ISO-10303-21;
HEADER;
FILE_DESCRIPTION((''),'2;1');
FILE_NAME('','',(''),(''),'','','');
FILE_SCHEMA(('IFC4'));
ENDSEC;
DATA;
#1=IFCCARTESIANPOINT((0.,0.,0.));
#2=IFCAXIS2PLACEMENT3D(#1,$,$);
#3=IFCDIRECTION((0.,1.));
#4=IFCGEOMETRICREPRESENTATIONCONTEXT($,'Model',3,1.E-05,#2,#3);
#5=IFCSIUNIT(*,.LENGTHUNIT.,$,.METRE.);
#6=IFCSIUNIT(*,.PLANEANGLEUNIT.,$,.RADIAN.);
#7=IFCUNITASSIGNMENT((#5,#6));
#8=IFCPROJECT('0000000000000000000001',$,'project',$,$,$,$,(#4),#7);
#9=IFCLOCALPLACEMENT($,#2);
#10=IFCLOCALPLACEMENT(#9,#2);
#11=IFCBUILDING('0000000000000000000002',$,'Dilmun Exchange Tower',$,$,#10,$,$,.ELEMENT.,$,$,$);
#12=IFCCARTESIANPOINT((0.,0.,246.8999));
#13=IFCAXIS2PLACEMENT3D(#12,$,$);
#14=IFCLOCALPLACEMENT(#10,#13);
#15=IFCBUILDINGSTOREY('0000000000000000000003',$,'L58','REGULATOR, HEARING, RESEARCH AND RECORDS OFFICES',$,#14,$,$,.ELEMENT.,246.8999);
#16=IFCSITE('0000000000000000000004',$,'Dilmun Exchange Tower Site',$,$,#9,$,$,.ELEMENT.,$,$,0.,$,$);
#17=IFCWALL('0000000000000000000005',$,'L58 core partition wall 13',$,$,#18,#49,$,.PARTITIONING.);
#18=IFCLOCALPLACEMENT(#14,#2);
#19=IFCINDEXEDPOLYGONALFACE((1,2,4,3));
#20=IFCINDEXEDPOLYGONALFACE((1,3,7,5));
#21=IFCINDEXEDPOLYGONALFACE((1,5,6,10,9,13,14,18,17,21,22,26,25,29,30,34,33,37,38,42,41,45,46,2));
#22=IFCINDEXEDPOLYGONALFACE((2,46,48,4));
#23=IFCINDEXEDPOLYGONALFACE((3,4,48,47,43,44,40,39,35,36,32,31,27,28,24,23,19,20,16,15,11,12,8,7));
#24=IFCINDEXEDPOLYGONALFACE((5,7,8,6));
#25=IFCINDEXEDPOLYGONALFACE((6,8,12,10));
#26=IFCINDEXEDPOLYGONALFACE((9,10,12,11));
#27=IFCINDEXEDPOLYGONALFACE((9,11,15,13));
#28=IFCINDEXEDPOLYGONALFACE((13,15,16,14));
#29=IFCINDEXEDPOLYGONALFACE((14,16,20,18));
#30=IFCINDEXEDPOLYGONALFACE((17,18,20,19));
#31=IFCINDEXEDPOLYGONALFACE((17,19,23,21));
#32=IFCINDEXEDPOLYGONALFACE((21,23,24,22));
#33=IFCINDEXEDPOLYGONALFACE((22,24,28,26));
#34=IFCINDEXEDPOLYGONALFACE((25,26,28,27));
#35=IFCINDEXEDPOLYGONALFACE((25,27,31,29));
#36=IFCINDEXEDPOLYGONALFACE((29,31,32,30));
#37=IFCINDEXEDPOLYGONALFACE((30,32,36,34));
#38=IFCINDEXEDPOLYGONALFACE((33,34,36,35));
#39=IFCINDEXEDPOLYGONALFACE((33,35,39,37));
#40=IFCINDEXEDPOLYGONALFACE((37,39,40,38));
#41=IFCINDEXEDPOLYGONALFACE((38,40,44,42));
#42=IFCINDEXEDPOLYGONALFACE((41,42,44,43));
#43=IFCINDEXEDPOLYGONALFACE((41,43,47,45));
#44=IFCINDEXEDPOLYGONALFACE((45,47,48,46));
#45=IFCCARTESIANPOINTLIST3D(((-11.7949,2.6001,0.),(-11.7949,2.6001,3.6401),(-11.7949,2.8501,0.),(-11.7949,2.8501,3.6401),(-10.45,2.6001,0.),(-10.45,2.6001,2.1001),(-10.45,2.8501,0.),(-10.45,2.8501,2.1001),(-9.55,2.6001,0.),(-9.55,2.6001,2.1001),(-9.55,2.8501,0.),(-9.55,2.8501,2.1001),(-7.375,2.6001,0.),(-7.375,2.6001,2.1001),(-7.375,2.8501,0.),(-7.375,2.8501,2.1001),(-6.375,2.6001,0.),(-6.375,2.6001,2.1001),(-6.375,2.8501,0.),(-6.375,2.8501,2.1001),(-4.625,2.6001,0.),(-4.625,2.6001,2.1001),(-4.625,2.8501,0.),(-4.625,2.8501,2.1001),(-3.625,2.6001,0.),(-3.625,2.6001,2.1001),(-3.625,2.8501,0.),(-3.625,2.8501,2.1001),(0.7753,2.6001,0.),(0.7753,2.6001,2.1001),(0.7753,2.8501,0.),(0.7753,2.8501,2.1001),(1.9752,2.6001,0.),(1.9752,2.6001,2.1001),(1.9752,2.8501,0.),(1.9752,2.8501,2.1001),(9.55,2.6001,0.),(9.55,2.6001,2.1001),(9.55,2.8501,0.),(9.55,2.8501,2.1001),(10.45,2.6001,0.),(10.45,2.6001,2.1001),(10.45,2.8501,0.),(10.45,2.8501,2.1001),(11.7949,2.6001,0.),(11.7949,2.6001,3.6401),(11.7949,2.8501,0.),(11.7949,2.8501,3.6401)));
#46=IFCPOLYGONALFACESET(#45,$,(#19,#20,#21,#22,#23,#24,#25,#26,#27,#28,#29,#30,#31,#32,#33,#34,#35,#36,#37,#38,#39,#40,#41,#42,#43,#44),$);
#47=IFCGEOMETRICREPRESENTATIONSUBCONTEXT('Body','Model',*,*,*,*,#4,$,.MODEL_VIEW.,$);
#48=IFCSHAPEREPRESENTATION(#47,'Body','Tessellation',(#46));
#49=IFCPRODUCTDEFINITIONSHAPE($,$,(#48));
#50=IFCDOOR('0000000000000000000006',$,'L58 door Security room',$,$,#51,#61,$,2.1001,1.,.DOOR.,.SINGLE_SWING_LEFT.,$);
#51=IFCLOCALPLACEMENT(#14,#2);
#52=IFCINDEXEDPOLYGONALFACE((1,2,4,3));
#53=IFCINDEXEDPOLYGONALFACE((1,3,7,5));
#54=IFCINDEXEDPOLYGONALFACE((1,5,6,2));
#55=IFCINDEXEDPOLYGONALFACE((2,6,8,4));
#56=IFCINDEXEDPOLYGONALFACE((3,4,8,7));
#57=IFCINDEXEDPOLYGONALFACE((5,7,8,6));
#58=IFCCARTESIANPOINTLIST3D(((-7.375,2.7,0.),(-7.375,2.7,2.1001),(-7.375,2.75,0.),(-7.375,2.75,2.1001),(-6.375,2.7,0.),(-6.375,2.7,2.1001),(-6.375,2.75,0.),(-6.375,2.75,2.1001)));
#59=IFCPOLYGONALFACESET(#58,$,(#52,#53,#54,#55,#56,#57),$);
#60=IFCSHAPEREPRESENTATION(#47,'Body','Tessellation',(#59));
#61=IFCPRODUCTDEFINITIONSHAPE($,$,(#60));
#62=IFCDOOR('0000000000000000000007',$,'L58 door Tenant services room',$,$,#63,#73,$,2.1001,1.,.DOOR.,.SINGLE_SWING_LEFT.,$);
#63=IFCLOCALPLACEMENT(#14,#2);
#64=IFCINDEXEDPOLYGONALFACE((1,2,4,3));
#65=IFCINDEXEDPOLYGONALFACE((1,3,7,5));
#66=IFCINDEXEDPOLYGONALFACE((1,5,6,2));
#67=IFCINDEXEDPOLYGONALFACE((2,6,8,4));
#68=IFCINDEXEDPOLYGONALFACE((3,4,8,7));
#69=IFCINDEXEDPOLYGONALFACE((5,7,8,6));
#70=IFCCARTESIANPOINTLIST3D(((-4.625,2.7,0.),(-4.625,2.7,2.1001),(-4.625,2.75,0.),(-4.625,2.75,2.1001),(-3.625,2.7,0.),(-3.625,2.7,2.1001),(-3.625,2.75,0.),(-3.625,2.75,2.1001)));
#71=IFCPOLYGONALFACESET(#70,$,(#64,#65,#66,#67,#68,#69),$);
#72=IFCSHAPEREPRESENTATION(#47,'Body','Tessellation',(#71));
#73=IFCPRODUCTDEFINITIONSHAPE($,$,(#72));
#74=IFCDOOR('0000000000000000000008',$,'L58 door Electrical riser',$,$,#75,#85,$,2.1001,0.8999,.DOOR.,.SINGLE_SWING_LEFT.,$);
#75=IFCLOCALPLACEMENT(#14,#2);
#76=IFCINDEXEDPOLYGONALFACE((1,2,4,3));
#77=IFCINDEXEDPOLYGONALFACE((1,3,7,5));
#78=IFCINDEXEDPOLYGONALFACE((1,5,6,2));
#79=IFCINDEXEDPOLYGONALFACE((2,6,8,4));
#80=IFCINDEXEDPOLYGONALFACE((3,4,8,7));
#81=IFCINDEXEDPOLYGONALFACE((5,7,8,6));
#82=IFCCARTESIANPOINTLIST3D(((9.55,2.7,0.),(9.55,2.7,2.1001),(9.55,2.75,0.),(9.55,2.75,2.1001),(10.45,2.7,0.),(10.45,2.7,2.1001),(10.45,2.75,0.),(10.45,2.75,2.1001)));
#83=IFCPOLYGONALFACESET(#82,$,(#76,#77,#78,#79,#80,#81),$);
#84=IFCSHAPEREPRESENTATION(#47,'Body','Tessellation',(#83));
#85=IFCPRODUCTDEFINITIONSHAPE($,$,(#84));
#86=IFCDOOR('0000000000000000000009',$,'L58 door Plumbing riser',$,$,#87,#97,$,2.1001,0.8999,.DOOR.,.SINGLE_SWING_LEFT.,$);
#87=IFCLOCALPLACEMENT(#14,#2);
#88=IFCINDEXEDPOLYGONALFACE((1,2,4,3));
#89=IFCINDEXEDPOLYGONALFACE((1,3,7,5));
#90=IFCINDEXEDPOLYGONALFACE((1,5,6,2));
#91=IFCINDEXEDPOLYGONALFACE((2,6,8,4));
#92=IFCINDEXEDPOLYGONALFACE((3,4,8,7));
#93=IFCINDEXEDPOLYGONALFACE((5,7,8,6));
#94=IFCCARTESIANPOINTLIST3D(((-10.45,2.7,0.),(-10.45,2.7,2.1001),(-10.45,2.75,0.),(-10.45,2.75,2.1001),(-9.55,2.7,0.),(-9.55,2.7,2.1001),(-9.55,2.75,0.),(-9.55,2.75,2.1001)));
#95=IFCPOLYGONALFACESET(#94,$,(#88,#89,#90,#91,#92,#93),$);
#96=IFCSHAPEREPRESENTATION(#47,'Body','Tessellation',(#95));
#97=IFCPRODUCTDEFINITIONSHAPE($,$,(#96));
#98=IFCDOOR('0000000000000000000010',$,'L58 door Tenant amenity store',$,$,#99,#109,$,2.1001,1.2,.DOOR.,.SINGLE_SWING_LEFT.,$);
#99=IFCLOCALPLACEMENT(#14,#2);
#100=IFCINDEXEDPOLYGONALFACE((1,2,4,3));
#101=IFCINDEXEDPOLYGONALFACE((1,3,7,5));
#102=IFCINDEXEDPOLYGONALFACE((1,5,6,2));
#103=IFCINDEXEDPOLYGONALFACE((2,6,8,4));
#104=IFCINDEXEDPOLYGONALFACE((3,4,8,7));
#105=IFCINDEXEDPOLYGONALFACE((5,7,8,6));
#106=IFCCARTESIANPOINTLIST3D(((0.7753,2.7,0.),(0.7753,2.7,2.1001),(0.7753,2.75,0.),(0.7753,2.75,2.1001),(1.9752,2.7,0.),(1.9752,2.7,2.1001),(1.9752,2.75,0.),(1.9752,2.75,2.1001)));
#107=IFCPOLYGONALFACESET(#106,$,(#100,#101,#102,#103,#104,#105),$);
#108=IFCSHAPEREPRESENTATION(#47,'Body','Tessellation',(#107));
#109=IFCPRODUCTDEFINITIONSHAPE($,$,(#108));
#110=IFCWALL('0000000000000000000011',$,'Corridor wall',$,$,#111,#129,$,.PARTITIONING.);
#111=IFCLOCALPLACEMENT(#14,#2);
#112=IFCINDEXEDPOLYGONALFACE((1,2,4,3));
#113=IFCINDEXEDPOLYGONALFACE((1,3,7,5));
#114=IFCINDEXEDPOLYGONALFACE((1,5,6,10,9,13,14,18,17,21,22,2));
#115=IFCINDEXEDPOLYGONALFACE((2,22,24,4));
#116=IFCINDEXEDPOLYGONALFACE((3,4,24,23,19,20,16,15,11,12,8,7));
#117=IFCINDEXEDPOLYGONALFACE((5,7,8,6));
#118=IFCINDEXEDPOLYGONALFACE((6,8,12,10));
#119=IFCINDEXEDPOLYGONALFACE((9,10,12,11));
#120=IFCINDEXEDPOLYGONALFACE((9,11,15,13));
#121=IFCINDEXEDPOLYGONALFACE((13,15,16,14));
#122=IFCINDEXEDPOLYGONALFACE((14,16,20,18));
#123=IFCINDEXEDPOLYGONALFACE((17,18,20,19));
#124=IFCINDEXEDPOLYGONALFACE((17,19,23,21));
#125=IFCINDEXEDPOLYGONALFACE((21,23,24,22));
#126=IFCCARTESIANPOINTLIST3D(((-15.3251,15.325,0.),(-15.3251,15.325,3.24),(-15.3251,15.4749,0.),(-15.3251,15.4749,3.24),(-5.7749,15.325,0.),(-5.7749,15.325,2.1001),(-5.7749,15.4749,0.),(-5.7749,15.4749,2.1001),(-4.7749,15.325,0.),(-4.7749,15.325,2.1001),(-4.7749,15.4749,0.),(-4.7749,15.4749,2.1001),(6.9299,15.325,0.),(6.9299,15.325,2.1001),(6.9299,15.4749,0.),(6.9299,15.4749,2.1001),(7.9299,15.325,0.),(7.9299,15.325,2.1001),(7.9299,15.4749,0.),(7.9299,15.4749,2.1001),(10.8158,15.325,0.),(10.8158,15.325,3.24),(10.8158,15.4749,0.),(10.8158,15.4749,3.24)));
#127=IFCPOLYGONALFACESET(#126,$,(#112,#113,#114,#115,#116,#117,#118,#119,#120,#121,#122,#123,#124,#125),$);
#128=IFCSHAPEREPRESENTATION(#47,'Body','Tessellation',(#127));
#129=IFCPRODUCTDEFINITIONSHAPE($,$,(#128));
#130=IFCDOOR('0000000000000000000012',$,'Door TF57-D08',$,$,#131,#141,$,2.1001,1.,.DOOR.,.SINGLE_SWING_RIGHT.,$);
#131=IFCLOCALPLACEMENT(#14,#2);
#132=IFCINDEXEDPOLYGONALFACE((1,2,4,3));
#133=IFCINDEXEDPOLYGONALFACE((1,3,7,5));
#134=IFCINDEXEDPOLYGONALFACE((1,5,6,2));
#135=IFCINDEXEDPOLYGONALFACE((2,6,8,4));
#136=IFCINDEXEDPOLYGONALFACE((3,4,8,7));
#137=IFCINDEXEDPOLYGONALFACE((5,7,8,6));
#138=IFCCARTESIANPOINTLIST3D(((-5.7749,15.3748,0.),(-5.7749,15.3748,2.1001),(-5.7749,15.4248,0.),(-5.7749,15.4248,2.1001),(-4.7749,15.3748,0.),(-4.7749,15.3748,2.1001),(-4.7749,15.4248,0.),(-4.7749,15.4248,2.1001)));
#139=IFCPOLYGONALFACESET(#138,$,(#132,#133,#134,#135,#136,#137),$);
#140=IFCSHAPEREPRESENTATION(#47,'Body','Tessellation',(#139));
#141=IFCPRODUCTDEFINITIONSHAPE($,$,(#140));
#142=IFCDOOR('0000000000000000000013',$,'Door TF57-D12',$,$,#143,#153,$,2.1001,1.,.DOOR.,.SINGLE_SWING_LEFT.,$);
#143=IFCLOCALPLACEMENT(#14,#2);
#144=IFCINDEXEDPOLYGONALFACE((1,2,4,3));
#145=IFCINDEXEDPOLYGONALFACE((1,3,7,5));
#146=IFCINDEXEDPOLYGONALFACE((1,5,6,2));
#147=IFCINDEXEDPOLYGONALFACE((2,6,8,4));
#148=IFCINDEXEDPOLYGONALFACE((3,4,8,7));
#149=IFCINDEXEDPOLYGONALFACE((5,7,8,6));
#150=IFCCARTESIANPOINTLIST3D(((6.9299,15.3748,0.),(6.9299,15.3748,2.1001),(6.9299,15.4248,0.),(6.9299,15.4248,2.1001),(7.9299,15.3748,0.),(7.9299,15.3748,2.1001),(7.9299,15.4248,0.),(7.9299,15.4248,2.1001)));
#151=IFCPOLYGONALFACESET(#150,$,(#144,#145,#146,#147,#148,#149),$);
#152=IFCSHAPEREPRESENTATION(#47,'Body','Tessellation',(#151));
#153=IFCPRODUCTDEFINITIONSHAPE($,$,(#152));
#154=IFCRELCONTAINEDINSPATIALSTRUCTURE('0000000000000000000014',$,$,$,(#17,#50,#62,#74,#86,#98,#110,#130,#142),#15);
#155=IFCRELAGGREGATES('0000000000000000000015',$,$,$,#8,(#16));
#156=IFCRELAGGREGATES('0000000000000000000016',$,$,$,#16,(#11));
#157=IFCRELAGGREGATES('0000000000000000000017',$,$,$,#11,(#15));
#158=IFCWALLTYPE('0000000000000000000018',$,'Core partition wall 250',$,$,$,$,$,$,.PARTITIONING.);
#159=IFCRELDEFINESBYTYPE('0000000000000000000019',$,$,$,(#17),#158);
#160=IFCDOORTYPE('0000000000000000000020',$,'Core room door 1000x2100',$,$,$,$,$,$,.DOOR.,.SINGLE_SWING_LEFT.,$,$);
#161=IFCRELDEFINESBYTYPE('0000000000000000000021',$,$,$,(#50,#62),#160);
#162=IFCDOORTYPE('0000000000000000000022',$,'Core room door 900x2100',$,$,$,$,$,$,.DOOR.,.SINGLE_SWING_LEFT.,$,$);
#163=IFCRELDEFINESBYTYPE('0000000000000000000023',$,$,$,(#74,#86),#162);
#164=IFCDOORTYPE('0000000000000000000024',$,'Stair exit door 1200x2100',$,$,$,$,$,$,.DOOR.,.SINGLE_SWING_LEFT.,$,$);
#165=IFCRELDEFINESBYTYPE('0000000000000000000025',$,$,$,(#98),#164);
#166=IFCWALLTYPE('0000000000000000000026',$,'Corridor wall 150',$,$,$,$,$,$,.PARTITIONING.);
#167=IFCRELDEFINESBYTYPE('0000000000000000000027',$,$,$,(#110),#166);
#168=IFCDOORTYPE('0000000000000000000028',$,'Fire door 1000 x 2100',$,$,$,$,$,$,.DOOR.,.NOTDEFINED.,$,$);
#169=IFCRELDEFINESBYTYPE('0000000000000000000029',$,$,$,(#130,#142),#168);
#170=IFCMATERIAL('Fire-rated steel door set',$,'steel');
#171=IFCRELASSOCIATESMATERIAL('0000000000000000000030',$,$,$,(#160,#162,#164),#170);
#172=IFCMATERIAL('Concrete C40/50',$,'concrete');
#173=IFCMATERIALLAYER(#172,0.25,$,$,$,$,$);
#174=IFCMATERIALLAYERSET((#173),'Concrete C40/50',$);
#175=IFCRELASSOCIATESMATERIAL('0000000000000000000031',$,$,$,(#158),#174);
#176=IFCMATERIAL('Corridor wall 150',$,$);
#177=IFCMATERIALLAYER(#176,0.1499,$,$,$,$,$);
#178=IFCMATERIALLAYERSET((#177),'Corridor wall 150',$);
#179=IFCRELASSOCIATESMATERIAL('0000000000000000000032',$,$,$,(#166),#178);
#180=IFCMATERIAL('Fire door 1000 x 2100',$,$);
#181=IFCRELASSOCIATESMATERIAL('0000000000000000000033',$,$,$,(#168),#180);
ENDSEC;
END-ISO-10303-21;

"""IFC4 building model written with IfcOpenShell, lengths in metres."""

from ifc_helpers import new_model, si_unit, direction, frame, frame_2d, origin, place, context, subcontext, project, spatial, rectangle, extrude, material, layer, layer_set, type_object, element, fill, save


model = new_model("IFC4")

# Units and contexts
model_context = context("Model", 3, precision=1e-05, world=origin(), true_north=direction((0.0, 1.0)))
body_context = subcontext(model_context, "Body", "Model", "MODEL_VIEW")
ifc_project = project(units=[si_unit("LENGTHUNIT", "METRE"), si_unit("PLANEANGLEUNIT", "RADIAN")], contexts=[model_context])

# Site, building, storey
site_placement = place(None, origin())
site = spatial("IfcSite", under=ifc_project, at=site_placement, Name="Dilmun Exchange Tower Site", CompositionType="ELEMENT", RefElevation=0.0)
building_placement = place(site_placement, origin())
building = spatial("IfcBuilding", under=site, at=building_placement, Name="Dilmun Exchange Tower", CompositionType="ELEMENT")
storey_placement = place(building_placement, frame((0.0, 0.0, 246.8999)))
storey = spatial("IfcBuildingStorey", under=building, at=storey_placement, Name="L58", Description="REGULATOR, HEARING, RESEARCH AND RECORDS OFFICES", CompositionType="ELEMENT", Elevation=246.8999)

# Shared definitions
ifc_material_1 = material(Name="Concrete C40/50", Category="concrete")

# Shared definitions
ifc_material_2 = material(Name="Fire-rated steel door set", Category="steel")
door_type_1 = type_object("IfcDoorType", Name="Core room door 1000x2100", OperationType="SINGLE_SWING_LEFT", PredefinedType="DOOR", material=ifc_material_2)

# Walls, openings, doors
ifc_layer_1 = layer(ifc_material_1, 0.25)
ifc_layer_set_1 = layer_set([ifc_layer_1], Name="Concrete C40/50")
wall_type_1 = type_object("IfcWallType", Name="Core partition wall 250", PredefinedType="PARTITIONING", material=ifc_layer_set_1)
wall_1_placement = place(storey_placement, frame((-11.7949, 2.7251, 0.0), z_axis=(0.0, 0.0, 1.0), x_axis=(1.0, 0.0, 0.0)))
wall_1 = element("IfcWall", 1, at=wall_1_placement, inside=storey, type_object=wall_type_1, Name="L58 core partition wall 13", PredefinedType="PARTITIONING", context=body_context, shape_type="SweptSolid", body=[
    extrude(rectangle(XDim=23.5898, YDim=0.25, at=frame_2d((11.7949, 0.0))), origin(), (0.0, 0.0, 1.0), 3.6401),
])
opening_1_placement = place(wall_1_placement, frame((21.345, 0.0, 0.0)))
opening_1 = element("IfcOpeningElement", 2, at=opening_1_placement, cuts=wall_1, PredefinedType="OPENING", context=body_context, shape_type="SweptSolid", body=[
    extrude(rectangle(XDim=0.8999, YDim=2.1001, at=frame_2d((0.45, 1.05))), frame((0.0, 0.135, 0.0), z_axis=(0.0, -1.0, 0.0), x_axis=(1.0, 0.0, 0.0)), (0.0, 0.0, 1.0), 0.27),
])
opening_2_placement = place(wall_1_placement, frame((1.345, 0.0, 0.0)))
opening_2 = element("IfcOpeningElement", 3, at=opening_2_placement, cuts=wall_1, PredefinedType="OPENING", context=body_context, shape_type="SweptSolid", body=[
    extrude(rectangle(XDim=0.8999, YDim=2.1001, at=frame_2d((0.45, 1.05))), frame((0.0, 0.135, 0.0), z_axis=(0.0, -1.0, 0.0), x_axis=(1.0, 0.0, 0.0)), (0.0, 0.0, 1.0), 0.27),
])
opening_3_placement = place(wall_1_placement, frame((4.4199, 0.0, 0.0)))
opening_3 = element("IfcOpeningElement", 4, at=opening_3_placement, cuts=wall_1, PredefinedType="OPENING", context=body_context, shape_type="SweptSolid", body=[
    extrude(rectangle(XDim=1.0, YDim=2.1001, at=frame_2d((0.5, 1.05))), frame((0.0, 0.135, 0.0), z_axis=(0.0, -1.0, 0.0), x_axis=(1.0, 0.0, 0.0)), (0.0, 0.0, 1.0), 0.27),
])
opening_4_placement = place(wall_1_placement, frame((7.1699, 0.0, 0.0)))
opening_4 = element("IfcOpeningElement", 5, at=opening_4_placement, cuts=wall_1, PredefinedType="OPENING", context=body_context, shape_type="SweptSolid", body=[
    extrude(rectangle(XDim=1.0, YDim=2.1001, at=frame_2d((0.5, 1.05))), frame((0.0, 0.135, 0.0), z_axis=(0.0, -1.0, 0.0), x_axis=(1.0, 0.0, 0.0)), (0.0, 0.0, 1.0), 0.27),
])
opening_5_placement = place(wall_1_placement, frame((12.5701, 0.0, 0.0)))
opening_5 = element("IfcOpeningElement", 6, at=opening_5_placement, cuts=wall_1, PredefinedType="OPENING", context=body_context, shape_type="SweptSolid", body=[
    extrude(rectangle(XDim=1.2, YDim=2.1001, at=frame_2d((0.6001, 1.05))), frame((0.0, 0.135, 0.0), z_axis=(0.0, -1.0, 0.0), x_axis=(1.0, 0.0, 0.0)), (0.0, 0.0, 1.0), 0.27),
])
door_1_placement = place(opening_3_placement, origin())
door_1 = element("IfcDoor", 7, at=door_1_placement, inside=storey, type_object=door_type_1, Name="L58 door Security room", OperationType="SINGLE_SWING_LEFT", OverallHeight=2.1001, OverallWidth=1.0, PredefinedType="DOOR", context=body_context, shape_type="SweptSolid", body=[
    extrude(rectangle(XDim=1.0, YDim=2.1001, at=frame_2d((0.5, 1.05))), frame((0.0, 0.0249, 0.0), z_axis=(0.0, -1.0, 0.0), x_axis=(1.0, 0.0, 0.0)), (0.0, 0.0, 1.0), 0.05),
])
fill(opening_3, door_1)
door_2_placement = place(opening_4_placement, origin())
door_2 = element("IfcDoor", 8, at=door_2_placement, inside=storey, type_object=door_type_1, Name="L58 door Tenant services room", OperationType="SINGLE_SWING_LEFT", OverallHeight=2.1001, OverallWidth=1.0, PredefinedType="DOOR", context=body_context, shape_type="SweptSolid", body=[
    extrude(rectangle(XDim=1.0, YDim=2.1001, at=frame_2d((0.5, 1.05))), frame((0.0, 0.0249, 0.0), z_axis=(0.0, -1.0, 0.0), x_axis=(1.0, 0.0, 0.0)), (0.0, 0.0, 1.0), 0.05),
])
fill(opening_4, door_2)
door_type_2 = type_object("IfcDoorType", Name="Core room door 900x2100", OperationType="SINGLE_SWING_LEFT", PredefinedType="DOOR", material=ifc_material_2)
door_3_placement = place(opening_1_placement, origin())
door_3 = element("IfcDoor", 9, at=door_3_placement, inside=storey, type_object=door_type_2, Name="L58 door Electrical riser", OperationType="SINGLE_SWING_LEFT", OverallHeight=2.1001, OverallWidth=0.8999, PredefinedType="DOOR", context=body_context, shape_type="SweptSolid", body=[
    extrude(rectangle(XDim=0.8999, YDim=2.1001, at=frame_2d((0.45, 1.05))), frame((0.0, 0.0249, 0.0), z_axis=(0.0, -1.0, 0.0), x_axis=(1.0, 0.0, 0.0)), (0.0, 0.0, 1.0), 0.05),
])
fill(opening_1, door_3)
door_4_placement = place(opening_2_placement, origin())
door_4 = element("IfcDoor", 10, at=door_4_placement, inside=storey, type_object=door_type_2, Name="L58 door Plumbing riser", OperationType="SINGLE_SWING_LEFT", OverallHeight=2.1001, OverallWidth=0.8999, PredefinedType="DOOR", context=body_context, shape_type="SweptSolid", body=[
    extrude(rectangle(XDim=0.8999, YDim=2.1001, at=frame_2d((0.45, 1.05))), frame((0.0, 0.0249, 0.0), z_axis=(0.0, -1.0, 0.0), x_axis=(1.0, 0.0, 0.0)), (0.0, 0.0, 1.0), 0.05),
])
fill(opening_2, door_4)
door_type_3 = type_object("IfcDoorType", Name="Stair exit door 1200x2100", OperationType="SINGLE_SWING_LEFT", PredefinedType="DOOR", material=ifc_material_2)
door_5_placement = place(opening_5_placement, origin())
door_5 = element("IfcDoor", 11, at=door_5_placement, inside=storey, type_object=door_type_3, Name="L58 door Tenant amenity store", OperationType="SINGLE_SWING_LEFT", OverallHeight=2.1001, OverallWidth=1.2, PredefinedType="DOOR", context=body_context, shape_type="SweptSolid", body=[
    extrude(rectangle(XDim=1.2, YDim=2.1001, at=frame_2d((0.6001, 1.05))), frame((0.0, 0.0249, 0.0), z_axis=(0.0, -1.0, 0.0), x_axis=(1.0, 0.0, 0.0)), (0.0, 0.0, 1.0), 0.05),
])
fill(opening_5, door_5)
ifc_material_3 = material(Name="Corridor wall 150")
ifc_layer_2 = layer(ifc_material_3, 0.1499)
ifc_layer_set_2 = layer_set([ifc_layer_2], Name="Corridor wall 150")
wall_type_2 = type_object("IfcWallType", Name="Corridor wall 150", PredefinedType="PARTITIONING", material=ifc_layer_set_2)
wall_2_placement = place(storey_placement, frame((-15.325, 15.3999, 0.0), z_axis=(0.0, 0.0, 1.0), x_axis=(1.0, 0.0, 0.0)))
wall_2 = element("IfcWall", 12, at=wall_2_placement, inside=storey, type_object=wall_type_2, Name="Corridor wall", PredefinedType="PARTITIONING", context=body_context, shape_type="SweptSolid", body=[
    extrude(rectangle(XDim=26.1409, YDim=0.1499, at=frame_2d((13.0703, 0.0))), origin(), (0.0, 0.0, 1.0), 3.24),
])
opening_6_placement = place(wall_2_placement, frame((9.55, 0.0, 0.0)))
opening_6 = element("IfcOpeningElement", 13, at=opening_6_placement, cuts=wall_2, PredefinedType="OPENING", context=body_context, shape_type="SweptSolid", body=[
    extrude(rectangle(XDim=1.0, YDim=2.1001, at=frame_2d((0.5, 1.05))), frame((0.0, 0.085, 0.0), z_axis=(0.0, -1.0, 0.0), x_axis=(1.0, 0.0, 0.0)), (0.0, 0.0, 1.0), 0.1699),
])
opening_7_placement = place(wall_2_placement, frame((22.2549, 0.0, 0.0)))
opening_7 = element("IfcOpeningElement", 14, at=opening_7_placement, cuts=wall_2, PredefinedType="OPENING", context=body_context, shape_type="SweptSolid", body=[
    extrude(rectangle(XDim=1.0, YDim=2.1001, at=frame_2d((0.5, 1.05))), frame((0.0, 0.085, 0.0), z_axis=(0.0, -1.0, 0.0), x_axis=(1.0, 0.0, 0.0)), (0.0, 0.0, 1.0), 0.1699),
])
ifc_material_4 = material(Name="Fire door 1000 x 2100")
door_type_4 = type_object("IfcDoorType", Name="Fire door 1000 x 2100", OperationType="NOTDEFINED", PredefinedType="DOOR", material=ifc_material_4)
door_6_placement = place(opening_6_placement, origin())
door_6 = element("IfcDoor", 15, at=door_6_placement, inside=storey, type_object=door_type_4, Name="Door TF57-D08", OperationType="SINGLE_SWING_RIGHT", OverallHeight=2.1001, OverallWidth=1.0, PredefinedType="DOOR", context=body_context, shape_type="SweptSolid", body=[
    extrude(rectangle(XDim=1.0, YDim=2.1001, at=frame_2d((0.5, 1.05))), frame((0.0, 0.0249, 0.0), z_axis=(0.0, -1.0, 0.0), x_axis=(1.0, 0.0, 0.0)), (0.0, 0.0, 1.0), 0.05),
])
fill(opening_6, door_6)
door_7_placement = place(opening_7_placement, origin())
door_7 = element("IfcDoor", 16, at=door_7_placement, inside=storey, type_object=door_type_4, Name="Door TF57-D12", OperationType="SINGLE_SWING_LEFT", OverallHeight=2.1001, OverallWidth=1.0, PredefinedType="DOOR", context=body_context, shape_type="SweptSolid", body=[
    extrude(rectangle(XDim=1.0, YDim=2.1001, at=frame_2d((0.5, 1.05))), frame((0.0, 0.0249, 0.0), z_axis=(0.0, -1.0, 0.0), x_axis=(1.0, 0.0, 0.0)), (0.0, 0.0, 1.0), 0.05),
])
fill(opening_7, door_7)

save(model, "model.ifc")
